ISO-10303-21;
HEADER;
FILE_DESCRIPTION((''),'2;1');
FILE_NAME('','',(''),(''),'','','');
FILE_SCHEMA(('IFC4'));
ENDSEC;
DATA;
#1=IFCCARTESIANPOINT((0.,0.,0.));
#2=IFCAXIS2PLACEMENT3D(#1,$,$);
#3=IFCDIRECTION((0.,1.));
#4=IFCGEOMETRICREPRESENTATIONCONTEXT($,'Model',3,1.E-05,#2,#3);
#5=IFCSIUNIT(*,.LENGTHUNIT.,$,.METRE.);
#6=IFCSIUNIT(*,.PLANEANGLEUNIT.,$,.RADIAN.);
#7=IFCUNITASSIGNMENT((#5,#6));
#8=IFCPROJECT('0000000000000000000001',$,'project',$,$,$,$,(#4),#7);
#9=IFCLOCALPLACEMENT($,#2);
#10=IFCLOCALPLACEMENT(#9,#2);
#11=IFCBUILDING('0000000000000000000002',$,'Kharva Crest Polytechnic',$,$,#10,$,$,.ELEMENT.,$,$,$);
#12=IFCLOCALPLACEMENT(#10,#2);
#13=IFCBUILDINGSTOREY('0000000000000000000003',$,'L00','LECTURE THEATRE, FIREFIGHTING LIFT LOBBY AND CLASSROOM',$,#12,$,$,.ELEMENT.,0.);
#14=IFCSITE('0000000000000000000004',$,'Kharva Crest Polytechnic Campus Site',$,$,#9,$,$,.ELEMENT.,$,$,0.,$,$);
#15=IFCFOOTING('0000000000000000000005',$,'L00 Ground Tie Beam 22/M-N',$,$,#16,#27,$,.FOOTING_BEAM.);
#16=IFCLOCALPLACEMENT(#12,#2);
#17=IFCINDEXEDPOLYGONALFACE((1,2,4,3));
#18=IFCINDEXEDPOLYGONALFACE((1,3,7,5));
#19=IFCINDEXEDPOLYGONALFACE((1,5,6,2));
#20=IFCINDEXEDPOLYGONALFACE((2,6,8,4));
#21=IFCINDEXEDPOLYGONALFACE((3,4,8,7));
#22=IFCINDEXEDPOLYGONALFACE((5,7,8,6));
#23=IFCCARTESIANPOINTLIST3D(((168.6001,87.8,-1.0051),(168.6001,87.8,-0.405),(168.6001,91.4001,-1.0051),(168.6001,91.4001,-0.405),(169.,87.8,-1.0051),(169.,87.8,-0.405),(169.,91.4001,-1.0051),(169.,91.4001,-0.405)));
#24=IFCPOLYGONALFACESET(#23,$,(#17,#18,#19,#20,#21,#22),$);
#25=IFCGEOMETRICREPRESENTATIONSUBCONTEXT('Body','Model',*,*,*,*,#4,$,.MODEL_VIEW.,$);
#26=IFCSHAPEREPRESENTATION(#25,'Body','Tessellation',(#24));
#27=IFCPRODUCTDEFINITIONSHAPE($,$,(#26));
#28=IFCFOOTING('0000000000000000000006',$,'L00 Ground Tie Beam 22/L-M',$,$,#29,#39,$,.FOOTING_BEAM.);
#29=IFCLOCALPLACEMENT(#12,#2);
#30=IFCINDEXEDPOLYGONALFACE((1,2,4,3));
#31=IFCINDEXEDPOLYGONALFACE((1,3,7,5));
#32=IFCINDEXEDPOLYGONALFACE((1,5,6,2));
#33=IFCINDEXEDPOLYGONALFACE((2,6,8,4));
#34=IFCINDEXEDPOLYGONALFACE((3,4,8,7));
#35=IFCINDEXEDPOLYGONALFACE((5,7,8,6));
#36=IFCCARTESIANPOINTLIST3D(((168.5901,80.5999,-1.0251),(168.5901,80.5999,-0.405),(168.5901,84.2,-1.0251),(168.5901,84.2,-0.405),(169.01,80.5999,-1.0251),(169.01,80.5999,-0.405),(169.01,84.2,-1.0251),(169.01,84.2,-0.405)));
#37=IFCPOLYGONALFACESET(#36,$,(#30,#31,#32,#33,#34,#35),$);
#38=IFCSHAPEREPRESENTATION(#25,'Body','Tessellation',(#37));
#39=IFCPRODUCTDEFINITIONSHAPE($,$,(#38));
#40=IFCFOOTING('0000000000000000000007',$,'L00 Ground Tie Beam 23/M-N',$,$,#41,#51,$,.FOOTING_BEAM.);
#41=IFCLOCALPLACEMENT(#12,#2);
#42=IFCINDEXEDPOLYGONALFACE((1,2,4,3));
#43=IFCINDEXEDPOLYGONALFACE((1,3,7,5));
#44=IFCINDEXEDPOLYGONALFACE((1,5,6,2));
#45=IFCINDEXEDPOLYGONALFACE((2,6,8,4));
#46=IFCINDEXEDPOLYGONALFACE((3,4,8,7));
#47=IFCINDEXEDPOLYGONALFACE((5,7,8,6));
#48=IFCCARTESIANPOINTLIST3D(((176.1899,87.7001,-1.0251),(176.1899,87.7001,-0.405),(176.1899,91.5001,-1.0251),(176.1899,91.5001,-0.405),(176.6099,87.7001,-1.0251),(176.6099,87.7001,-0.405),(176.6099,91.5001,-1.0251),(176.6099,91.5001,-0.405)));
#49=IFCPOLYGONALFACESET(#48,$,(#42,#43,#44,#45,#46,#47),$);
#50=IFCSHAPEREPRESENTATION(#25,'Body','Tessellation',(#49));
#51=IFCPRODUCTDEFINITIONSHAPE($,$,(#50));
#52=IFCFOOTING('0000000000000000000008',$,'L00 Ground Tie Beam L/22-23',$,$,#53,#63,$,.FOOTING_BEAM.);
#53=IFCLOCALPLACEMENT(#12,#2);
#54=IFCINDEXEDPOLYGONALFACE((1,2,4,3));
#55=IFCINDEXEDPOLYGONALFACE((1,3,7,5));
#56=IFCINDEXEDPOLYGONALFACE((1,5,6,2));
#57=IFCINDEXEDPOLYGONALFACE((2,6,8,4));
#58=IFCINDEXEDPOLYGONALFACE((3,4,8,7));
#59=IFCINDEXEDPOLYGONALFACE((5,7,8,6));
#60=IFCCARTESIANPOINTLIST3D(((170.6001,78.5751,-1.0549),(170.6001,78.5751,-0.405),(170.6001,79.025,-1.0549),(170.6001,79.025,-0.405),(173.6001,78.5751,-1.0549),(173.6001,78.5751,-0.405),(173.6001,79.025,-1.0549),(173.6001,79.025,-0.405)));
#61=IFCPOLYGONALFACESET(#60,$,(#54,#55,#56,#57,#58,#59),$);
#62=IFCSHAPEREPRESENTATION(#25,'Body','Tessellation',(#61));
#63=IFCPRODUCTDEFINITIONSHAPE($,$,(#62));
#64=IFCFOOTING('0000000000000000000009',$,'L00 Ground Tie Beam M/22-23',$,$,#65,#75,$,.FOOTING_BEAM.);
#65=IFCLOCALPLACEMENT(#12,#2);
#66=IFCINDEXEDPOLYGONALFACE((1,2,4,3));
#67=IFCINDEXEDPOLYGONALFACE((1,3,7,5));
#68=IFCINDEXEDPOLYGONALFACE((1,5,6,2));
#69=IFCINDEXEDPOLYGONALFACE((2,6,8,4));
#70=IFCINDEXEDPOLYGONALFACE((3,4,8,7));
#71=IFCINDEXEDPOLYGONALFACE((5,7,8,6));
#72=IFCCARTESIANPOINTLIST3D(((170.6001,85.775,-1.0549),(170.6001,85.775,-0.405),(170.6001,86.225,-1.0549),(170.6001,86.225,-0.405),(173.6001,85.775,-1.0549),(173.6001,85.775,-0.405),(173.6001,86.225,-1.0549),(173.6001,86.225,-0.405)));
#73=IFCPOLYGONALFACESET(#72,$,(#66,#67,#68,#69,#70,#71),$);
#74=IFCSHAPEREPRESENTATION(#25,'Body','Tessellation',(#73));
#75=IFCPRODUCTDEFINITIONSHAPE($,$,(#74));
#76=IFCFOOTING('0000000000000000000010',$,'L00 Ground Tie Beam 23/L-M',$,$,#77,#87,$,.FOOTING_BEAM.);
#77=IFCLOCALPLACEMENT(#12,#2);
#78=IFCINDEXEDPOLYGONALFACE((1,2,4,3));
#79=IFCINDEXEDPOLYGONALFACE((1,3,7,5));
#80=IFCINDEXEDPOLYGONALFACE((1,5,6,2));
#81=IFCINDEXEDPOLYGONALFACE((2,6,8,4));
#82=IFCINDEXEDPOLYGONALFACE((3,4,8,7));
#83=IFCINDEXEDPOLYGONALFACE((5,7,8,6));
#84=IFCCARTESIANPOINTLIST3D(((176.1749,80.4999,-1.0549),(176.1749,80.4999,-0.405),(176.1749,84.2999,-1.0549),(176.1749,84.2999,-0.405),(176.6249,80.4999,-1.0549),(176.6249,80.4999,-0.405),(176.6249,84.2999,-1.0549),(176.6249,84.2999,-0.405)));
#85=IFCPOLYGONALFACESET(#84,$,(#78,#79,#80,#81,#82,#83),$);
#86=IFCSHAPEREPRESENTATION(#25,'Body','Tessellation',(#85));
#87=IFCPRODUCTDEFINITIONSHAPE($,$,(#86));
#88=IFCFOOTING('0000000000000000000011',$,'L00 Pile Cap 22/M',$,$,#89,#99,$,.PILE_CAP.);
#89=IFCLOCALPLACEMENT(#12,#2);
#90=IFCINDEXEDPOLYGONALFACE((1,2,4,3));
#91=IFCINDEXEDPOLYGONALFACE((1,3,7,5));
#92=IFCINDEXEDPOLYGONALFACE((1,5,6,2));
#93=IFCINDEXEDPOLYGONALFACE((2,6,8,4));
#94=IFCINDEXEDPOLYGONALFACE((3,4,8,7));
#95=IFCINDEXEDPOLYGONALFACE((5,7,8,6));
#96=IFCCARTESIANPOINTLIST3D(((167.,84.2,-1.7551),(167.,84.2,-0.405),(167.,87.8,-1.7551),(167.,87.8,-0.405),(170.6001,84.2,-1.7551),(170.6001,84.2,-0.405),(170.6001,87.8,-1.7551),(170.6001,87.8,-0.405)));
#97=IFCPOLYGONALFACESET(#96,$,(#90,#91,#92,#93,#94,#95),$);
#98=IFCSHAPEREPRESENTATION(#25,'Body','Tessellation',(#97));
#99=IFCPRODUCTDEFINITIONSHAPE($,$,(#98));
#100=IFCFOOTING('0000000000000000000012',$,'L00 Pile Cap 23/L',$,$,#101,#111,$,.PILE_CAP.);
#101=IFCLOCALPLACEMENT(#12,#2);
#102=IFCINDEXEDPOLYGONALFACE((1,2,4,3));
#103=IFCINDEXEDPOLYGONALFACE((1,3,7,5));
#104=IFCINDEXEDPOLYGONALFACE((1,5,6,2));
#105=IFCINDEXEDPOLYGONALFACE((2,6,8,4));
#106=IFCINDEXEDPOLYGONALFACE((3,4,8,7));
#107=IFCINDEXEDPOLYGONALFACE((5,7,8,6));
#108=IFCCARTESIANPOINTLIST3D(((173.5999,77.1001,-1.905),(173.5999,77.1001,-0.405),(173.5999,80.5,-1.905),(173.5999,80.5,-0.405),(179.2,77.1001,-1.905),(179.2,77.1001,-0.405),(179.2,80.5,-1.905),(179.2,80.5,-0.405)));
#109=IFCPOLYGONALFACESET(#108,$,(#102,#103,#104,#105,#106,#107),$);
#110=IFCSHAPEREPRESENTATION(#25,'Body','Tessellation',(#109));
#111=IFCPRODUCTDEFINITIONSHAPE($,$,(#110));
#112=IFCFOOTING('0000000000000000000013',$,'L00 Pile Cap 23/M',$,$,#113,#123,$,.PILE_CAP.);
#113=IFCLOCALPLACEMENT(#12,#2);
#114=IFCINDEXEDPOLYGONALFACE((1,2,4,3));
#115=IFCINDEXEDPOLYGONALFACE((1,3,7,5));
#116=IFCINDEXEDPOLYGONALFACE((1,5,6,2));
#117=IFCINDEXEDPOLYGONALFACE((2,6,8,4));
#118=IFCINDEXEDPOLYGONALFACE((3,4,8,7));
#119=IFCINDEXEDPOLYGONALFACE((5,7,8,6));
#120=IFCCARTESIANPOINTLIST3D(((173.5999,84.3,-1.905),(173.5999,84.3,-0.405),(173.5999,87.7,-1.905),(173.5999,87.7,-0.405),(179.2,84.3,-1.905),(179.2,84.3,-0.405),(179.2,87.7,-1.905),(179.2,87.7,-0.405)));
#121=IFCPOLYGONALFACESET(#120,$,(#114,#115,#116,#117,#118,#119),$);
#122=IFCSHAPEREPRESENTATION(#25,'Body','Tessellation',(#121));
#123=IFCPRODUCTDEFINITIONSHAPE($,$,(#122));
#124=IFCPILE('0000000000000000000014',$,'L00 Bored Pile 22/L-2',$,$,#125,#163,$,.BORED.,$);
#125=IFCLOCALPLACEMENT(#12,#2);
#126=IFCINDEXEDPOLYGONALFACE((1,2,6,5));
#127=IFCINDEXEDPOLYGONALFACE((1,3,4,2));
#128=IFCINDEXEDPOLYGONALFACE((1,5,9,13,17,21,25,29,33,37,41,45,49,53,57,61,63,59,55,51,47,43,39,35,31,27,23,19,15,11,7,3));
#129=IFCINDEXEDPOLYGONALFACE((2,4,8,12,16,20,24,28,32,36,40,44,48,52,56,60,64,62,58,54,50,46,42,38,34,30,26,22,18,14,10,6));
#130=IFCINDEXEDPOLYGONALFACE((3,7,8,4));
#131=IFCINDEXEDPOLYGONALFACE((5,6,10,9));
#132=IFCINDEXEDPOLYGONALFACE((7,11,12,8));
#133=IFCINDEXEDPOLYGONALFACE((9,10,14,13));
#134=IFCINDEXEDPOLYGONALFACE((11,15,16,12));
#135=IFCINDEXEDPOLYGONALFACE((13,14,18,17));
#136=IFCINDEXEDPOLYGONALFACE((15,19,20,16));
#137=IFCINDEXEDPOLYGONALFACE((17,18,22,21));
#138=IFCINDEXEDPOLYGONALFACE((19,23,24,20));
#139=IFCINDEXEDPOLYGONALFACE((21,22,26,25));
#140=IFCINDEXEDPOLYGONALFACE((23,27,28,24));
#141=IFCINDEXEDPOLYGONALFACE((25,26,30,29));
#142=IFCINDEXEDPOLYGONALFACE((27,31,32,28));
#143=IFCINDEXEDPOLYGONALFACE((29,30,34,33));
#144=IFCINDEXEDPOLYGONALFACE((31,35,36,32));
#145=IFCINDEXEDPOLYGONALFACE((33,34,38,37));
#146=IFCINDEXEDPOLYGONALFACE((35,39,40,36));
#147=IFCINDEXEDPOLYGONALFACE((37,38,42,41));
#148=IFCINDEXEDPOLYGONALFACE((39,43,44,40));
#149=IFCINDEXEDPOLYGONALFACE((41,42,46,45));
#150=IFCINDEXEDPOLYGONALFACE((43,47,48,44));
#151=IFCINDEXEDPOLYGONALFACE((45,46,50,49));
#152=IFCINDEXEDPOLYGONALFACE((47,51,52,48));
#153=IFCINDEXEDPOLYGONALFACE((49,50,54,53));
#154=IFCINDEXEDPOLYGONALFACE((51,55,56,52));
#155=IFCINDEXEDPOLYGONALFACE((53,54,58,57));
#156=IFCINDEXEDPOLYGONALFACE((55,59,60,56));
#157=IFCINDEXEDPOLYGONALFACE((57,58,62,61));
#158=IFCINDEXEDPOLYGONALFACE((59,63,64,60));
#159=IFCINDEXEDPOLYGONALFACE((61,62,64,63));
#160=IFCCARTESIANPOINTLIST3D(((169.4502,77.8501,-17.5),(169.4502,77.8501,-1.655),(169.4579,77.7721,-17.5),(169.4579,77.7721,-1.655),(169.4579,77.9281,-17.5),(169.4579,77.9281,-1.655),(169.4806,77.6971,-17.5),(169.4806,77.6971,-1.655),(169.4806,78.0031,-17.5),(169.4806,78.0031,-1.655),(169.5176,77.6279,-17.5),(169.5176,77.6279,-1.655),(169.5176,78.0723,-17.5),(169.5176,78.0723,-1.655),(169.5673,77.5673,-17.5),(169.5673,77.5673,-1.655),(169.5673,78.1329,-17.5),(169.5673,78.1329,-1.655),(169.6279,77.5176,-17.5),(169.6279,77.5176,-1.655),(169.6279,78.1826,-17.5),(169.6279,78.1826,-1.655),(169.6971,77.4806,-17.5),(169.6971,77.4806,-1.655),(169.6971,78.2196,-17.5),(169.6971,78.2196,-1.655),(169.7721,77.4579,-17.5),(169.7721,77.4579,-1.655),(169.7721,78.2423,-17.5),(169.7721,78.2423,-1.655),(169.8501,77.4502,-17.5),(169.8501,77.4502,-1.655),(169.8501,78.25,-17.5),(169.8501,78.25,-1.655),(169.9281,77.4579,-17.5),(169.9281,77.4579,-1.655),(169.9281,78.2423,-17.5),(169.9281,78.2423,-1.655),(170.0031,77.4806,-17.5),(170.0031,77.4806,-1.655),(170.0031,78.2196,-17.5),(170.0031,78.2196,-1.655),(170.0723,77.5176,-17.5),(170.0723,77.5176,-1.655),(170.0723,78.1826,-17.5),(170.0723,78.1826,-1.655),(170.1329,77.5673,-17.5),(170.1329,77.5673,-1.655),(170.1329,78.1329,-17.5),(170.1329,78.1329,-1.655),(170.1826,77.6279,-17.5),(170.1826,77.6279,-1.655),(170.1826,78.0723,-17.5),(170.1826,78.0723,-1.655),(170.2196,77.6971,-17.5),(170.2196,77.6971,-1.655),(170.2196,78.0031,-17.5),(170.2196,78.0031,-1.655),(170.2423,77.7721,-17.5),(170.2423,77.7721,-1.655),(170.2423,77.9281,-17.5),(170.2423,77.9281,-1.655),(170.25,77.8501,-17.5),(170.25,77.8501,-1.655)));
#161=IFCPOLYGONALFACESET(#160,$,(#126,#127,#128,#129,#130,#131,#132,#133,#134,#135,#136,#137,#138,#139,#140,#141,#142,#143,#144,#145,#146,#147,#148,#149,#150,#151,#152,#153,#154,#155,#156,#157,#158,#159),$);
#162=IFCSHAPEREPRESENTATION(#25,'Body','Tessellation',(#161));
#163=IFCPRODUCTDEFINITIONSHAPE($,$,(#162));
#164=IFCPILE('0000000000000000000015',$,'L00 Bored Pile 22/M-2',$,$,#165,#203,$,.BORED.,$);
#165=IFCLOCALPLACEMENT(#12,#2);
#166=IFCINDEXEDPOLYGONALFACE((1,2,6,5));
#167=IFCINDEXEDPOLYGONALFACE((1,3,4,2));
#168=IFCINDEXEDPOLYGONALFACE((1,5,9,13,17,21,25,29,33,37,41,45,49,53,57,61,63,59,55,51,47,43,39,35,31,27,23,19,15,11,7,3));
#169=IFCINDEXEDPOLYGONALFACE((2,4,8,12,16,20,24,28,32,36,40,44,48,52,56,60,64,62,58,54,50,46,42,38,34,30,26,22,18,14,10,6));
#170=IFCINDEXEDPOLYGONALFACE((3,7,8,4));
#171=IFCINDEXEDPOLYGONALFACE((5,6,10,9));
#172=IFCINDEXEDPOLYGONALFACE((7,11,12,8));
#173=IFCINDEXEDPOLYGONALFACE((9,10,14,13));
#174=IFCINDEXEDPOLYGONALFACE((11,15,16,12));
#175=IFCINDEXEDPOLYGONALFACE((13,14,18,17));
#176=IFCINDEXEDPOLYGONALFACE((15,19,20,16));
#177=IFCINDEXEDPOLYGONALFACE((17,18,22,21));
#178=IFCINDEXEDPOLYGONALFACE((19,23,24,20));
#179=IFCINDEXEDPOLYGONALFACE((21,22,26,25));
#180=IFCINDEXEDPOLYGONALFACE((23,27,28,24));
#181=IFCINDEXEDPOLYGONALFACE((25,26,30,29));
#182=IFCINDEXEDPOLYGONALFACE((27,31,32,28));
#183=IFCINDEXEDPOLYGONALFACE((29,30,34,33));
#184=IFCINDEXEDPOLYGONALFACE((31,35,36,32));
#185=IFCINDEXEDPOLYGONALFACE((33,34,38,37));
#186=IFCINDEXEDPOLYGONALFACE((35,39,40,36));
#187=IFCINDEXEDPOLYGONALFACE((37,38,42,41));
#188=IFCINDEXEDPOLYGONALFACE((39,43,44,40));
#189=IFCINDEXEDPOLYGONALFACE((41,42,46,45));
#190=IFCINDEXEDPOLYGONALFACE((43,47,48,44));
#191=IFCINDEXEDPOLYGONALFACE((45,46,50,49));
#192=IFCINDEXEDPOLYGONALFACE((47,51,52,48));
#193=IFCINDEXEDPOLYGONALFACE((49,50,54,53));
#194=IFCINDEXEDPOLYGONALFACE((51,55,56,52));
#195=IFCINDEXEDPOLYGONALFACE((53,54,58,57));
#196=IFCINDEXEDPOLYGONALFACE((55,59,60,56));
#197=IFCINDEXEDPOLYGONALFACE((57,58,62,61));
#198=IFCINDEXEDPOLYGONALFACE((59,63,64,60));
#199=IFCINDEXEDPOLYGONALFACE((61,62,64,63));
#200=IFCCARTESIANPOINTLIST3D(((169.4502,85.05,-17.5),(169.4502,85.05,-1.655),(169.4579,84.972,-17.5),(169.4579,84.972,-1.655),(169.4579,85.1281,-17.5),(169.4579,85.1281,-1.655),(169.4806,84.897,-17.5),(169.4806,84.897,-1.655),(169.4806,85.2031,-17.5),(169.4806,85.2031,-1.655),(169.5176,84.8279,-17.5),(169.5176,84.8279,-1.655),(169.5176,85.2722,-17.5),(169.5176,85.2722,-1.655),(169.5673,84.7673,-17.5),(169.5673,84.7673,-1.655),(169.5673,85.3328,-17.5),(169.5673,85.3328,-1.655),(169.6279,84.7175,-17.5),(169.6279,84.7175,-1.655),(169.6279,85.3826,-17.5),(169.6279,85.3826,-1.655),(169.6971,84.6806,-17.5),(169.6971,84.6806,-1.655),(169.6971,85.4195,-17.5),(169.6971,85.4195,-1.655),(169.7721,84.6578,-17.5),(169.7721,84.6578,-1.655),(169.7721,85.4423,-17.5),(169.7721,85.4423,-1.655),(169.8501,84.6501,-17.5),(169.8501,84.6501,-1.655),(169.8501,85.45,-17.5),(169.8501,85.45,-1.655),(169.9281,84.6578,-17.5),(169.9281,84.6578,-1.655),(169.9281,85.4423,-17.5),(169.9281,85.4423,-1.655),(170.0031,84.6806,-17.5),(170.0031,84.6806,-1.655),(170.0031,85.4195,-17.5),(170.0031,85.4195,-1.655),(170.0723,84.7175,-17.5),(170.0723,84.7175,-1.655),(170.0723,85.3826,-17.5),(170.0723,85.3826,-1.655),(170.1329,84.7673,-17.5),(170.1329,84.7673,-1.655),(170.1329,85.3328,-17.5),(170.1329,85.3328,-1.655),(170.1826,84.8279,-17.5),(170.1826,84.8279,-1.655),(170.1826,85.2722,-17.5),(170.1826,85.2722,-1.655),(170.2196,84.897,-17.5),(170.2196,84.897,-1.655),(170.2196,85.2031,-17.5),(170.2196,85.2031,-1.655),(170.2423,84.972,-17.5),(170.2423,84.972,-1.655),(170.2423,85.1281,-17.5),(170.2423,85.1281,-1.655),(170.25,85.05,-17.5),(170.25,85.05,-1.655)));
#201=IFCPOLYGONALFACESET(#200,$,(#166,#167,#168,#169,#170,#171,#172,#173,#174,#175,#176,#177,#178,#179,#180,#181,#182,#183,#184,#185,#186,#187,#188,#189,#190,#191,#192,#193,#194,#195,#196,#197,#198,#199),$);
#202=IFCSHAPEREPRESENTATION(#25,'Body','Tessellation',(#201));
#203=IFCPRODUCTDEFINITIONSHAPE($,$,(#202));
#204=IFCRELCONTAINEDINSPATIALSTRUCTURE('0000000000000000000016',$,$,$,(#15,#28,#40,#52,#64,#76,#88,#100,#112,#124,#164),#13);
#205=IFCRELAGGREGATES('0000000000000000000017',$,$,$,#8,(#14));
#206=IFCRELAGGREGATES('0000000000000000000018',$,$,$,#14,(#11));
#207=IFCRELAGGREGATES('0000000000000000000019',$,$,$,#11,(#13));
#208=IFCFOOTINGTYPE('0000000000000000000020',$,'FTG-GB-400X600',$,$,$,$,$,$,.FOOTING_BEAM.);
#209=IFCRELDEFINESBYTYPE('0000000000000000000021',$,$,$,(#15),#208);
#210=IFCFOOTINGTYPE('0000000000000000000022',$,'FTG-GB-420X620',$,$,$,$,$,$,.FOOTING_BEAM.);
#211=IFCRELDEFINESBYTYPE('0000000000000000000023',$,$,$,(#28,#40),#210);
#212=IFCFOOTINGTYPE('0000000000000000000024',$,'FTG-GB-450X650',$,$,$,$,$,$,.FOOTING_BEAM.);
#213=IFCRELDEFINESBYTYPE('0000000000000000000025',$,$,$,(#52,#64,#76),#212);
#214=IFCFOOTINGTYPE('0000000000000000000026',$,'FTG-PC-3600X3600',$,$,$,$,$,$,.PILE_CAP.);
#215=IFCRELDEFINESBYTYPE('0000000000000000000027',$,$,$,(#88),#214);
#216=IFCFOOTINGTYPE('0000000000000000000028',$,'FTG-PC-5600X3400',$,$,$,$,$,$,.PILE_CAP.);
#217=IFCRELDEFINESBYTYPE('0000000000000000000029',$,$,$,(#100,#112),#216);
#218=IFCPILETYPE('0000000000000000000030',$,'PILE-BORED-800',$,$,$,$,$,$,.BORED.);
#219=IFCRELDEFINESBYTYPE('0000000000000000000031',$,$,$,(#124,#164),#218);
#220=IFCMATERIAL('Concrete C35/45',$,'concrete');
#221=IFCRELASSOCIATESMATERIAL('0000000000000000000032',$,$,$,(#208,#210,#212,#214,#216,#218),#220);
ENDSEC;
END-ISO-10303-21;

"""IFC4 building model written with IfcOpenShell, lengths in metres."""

from ifc_helpers import new_model, si_unit, direction, frame, origin, origin_2d, place, context, subcontext, project, spatial, rectangle, circle, extrude, material, material_profile, profile_set, type_object, element, save


model = new_model("IFC4")

# Units and contexts
model_context = context("Model", 3, precision=1e-05, world=origin(), true_north=direction((0.0, 1.0)))
body_context = subcontext(model_context, "Body", "Model", "MODEL_VIEW")
ifc_project = project(units=[si_unit("LENGTHUNIT", "METRE"), si_unit("PLANEANGLEUNIT", "RADIAN")], contexts=[model_context])

# Site, building, storey
site_placement = place(None, origin())
site = spatial("IfcSite", under=ifc_project, at=site_placement, Name="Kharva Crest Polytechnic Campus Site", CompositionType="ELEMENT", RefElevation=0.0)
building_placement = place(site_placement, origin())
building = spatial("IfcBuilding", under=site, at=building_placement, Name="Kharva Crest Polytechnic", CompositionType="ELEMENT")
storey_placement = place(building_placement, origin())
storey = spatial("IfcBuildingStorey", under=building, at=storey_placement, Name="L00", Description="LECTURE THEATRE, FIREFIGHTING LIFT LOBBY AND CLASSROOM", CompositionType="ELEMENT", Elevation=0.0)

# Footings
ifc_material_1 = material(Name="Concrete C35/45", Category="concrete")
footing_type_1 = type_object("IfcFootingType", Name="FTG-GB-400X600", PredefinedType="FOOTING_BEAM", material=ifc_material_1)
footing_1_placement = place(storey_placement, frame((168.8, 89.6001, -1.0051), z_axis=(0.0, 0.0, 1.0), x_axis=(0.0, 1.0, 0.0)))
element("IfcFooting", 1, at=footing_1_placement, inside=storey, type_object=footing_type_1, Name="L00 Ground Tie Beam 22/M-N", PredefinedType="FOOTING_BEAM", context=body_context, shape_type="SweptSolid", body=[
    extrude(rectangle(XDim=3.6001, YDim=0.3999, at=origin_2d()), origin(), (0.0, 0.0, 1.0), 0.6001),
])
footing_type_2 = type_object("IfcFootingType", Name="FTG-GB-420X620", PredefinedType="FOOTING_BEAM", material=ifc_material_1)
footing_2_placement = place(storey_placement, frame((168.8, 82.3999, -1.0251), z_axis=(0.0, 0.0, 1.0), x_axis=(0.0, 1.0, 0.0)))
element("IfcFooting", 2, at=footing_2_placement, inside=storey, type_object=footing_type_2, Name="L00 Ground Tie Beam 22/L-M", PredefinedType="FOOTING_BEAM", context=body_context, shape_type="SweptSolid", body=[
    extrude(rectangle(XDim=3.6001, YDim=0.4199, at=origin_2d()), origin(), (0.0, 0.0, 1.0), 0.6201),
])
footing_3_placement = place(storey_placement, frame((176.3999, 89.6001, -1.0251), z_axis=(0.0, 0.0, 1.0), x_axis=(0.0, 1.0, 0.0)))
element("IfcFooting", 3, at=footing_3_placement, inside=storey, type_object=footing_type_2, Name="L00 Ground Tie Beam 23/M-N", PredefinedType="FOOTING_BEAM", context=body_context, shape_type="SweptSolid", body=[
    extrude(rectangle(XDim=3.8, YDim=0.4199, at=origin_2d()), origin(), (0.0, 0.0, 1.0), 0.6201),
])
footing_type_3 = type_object("IfcFootingType", Name="FTG-GB-450X650", PredefinedType="FOOTING_BEAM", material=ifc_material_1)
for number, where, z_axis, x_axis, name in (
    (4, (172.1001, 78.8, -1.0549), (0.0, 0.0, 1.0), (1.0, 0.0, 0.0), "L00 Ground Tie Beam L/22-23"),
    (5, (172.1001, 86.0, -1.0549), (0.0, 0.0, 1.0), (1.0, 0.0, 0.0), "L00 Ground Tie Beam M/22-23"),
):
    element("IfcFooting", number, at=place(storey_placement, frame(where, z_axis=z_axis, x_axis=x_axis)), inside=storey, type_object=footing_type_3, Name=name, PredefinedType="FOOTING_BEAM", context=body_context, shape_type="SweptSolid", body=[
        extrude(rectangle(XDim=3.0, YDim=0.45, at=origin_2d()), origin(), (0.0, 0.0, 1.0), 0.6499),
    ])
footing_4_placement = place(storey_placement, frame((176.3999, 82.3999, -1.0549), z_axis=(0.0, 0.0, 1.0), x_axis=(0.0, 1.0, 0.0)))
element("IfcFooting", 6, at=footing_4_placement, inside=storey, type_object=footing_type_3, Name="L00 Ground Tie Beam 23/L-M", PredefinedType="FOOTING_BEAM", context=body_context, shape_type="SweptSolid", body=[
    extrude(rectangle(XDim=3.8, YDim=0.45, at=origin_2d()), origin(), (0.0, 0.0, 1.0), 0.6499),
])
footing_type_4 = type_object("IfcFootingType", Name="FTG-PC-3600X3600", PredefinedType="PILE_CAP", material=ifc_material_1)
footing_5_placement = place(storey_placement, frame((168.8, 86.0, -1.7551), z_axis=(0.0, 0.0, 1.0), x_axis=(1.0, 0.0, 0.0)))
element("IfcFooting", 7, at=footing_5_placement, inside=storey, type_object=footing_type_4, Name="L00 Pile Cap 22/M", PredefinedType="PILE_CAP", context=body_context, shape_type="SweptSolid", body=[
    extrude(rectangle(XDim=3.6001, YDim=3.6001, at=origin_2d()), origin(), (0.0, 0.0, 1.0), 1.3501),
])
footing_type_5 = type_object("IfcFootingType", Name="FTG-PC-5600X3400", PredefinedType="PILE_CAP", material=ifc_material_1)
for number, where, z_axis, x_axis, name in (
    (8, (176.3999, 78.8, -1.905), (0.0, 0.0, 1.0), (1.0, 0.0, 0.0), "L00 Pile Cap 23/L"),
    (9, (176.3999, 86.0, -1.905), (0.0, 0.0, 1.0), (1.0, 0.0, 0.0), "L00 Pile Cap 23/M"),
):
    element("IfcFooting", number, at=place(storey_placement, frame(where, z_axis=z_axis, x_axis=x_axis)), inside=storey, type_object=footing_type_5, Name=name, PredefinedType="PILE_CAP", context=body_context, shape_type="SweptSolid", body=[
        extrude(rectangle(XDim=5.6001, YDim=3.3999, at=origin_2d()), origin(), (0.0, 0.0, 1.0), 1.5),
    ])

# Piles
ifc_material_profile_1 = material_profile(ifc_material_1, circle(Radius=0.3999, at=origin_2d()), Name="DIA 800")
ifc_profile_set_1 = profile_set([ifc_material_profile_1], Name="Concrete C35/45")
pile_type = type_object("IfcPileType", Name="PILE-BORED-800", PredefinedType="BORED", material=ifc_profile_set_1)
for number, where, z_axis, x_axis, name in (
    (10, (169.8501, 77.8501, -1.655), (0.0, 0.0, -1.0), (1.0, 0.0, 0.0), "L00 Bored Pile 22/L-2"),
    (11, (169.8501, 85.05, -1.655), (0.0, 0.0, -1.0), (1.0, 0.0, 0.0), "L00 Bored Pile 22/M-2"),
):
    element("IfcPile", number, at=place(storey_placement, frame(where, z_axis=z_axis, x_axis=x_axis)), inside=storey, type_object=pile_type, Name=name, PredefinedType="BORED", context=body_context, shape_type="SweptSolid", body=[
        extrude(circle(Radius=0.3999, at=origin_2d()), origin(), (0.0, 0.0, 1.0), 15.845),
    ])

save(model, "model.ifc")
